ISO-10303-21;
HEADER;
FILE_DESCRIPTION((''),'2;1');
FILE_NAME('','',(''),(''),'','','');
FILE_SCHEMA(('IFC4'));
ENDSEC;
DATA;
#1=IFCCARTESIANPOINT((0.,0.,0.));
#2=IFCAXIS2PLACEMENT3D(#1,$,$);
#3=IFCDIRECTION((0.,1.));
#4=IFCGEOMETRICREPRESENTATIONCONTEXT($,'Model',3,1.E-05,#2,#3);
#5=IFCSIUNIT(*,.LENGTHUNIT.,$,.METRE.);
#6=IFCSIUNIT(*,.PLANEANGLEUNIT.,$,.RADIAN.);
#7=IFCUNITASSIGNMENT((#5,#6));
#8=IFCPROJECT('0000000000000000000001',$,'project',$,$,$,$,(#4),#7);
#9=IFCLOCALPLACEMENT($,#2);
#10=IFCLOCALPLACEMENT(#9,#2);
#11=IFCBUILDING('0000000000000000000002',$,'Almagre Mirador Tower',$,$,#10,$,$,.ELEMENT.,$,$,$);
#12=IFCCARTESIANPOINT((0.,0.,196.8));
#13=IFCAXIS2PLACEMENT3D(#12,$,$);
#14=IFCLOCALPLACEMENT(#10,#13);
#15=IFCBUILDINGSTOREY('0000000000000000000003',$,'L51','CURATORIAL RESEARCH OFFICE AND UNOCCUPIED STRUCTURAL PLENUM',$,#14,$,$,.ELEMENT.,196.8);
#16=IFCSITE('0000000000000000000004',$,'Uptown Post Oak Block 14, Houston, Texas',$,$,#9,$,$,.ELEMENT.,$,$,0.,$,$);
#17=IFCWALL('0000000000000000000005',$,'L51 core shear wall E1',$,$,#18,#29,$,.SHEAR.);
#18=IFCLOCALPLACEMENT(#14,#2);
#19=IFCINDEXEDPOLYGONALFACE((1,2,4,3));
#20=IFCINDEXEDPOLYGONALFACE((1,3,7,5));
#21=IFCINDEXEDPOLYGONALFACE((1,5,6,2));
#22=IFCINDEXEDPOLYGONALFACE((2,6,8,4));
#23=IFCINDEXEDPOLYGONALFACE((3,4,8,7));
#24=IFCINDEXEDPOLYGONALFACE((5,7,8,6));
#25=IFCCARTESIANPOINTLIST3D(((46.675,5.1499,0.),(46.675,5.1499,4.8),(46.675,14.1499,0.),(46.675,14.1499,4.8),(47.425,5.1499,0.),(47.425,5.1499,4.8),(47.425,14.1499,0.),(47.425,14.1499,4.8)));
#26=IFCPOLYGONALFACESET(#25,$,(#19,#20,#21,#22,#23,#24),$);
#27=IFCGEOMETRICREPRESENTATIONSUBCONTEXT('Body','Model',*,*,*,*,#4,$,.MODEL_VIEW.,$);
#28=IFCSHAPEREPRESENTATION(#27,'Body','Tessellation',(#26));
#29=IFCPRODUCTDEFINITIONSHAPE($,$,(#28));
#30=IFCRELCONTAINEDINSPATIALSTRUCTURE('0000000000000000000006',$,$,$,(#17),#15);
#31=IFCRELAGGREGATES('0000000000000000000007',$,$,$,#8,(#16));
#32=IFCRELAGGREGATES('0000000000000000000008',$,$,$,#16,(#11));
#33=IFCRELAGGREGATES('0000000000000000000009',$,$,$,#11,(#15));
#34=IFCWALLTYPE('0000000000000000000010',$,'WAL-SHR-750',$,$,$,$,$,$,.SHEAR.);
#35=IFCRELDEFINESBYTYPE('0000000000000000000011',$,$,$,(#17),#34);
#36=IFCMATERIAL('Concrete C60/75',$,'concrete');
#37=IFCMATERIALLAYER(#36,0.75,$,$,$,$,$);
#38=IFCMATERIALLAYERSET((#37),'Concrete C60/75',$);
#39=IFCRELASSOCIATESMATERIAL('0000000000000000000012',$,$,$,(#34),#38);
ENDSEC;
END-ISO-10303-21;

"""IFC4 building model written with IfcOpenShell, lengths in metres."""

from ifc_helpers import new_model, si_unit, direction, frame, frame_2d, origin, place, context, subcontext, project, spatial, rectangle, extrude, material, layer, layer_set, type_object, element, save


model = new_model("IFC4")

# Units and contexts
model_context = context("Model", 3, precision=1e-05, world=origin(), true_north=direction((0.0, 1.0)))
body_context = subcontext(model_context, "Body", "Model", "MODEL_VIEW")
ifc_project = project(units=[si_unit("LENGTHUNIT", "METRE"), si_unit("PLANEANGLEUNIT", "RADIAN")], contexts=[model_context])

# Site, building, storey
site_placement = place(None, origin())
site = spatial("IfcSite", under=ifc_project, at=site_placement, Name="Uptown Post Oak Block 14, Houston, Texas", CompositionType="ELEMENT", RefElevation=0.0)
building_placement = place(site_placement, origin())
building = spatial("IfcBuilding", under=site, at=building_placement, Name="Almagre Mirador Tower", CompositionType="ELEMENT")
storey_placement = place(building_placement, frame((0.0, 0.0, 196.8)))
storey = spatial("IfcBuildingStorey", under=building, at=storey_placement, Name="L51", Description="CURATORIAL RESEARCH OFFICE AND UNOCCUPIED STRUCTURAL PLENUM", CompositionType="ELEMENT", Elevation=196.8)

# Wall
ifc_material_1 = material(Name="Concrete C60/75", Category="concrete")
ifc_layer_1 = layer(ifc_material_1, 0.75)
ifc_layer_set_1 = layer_set([ifc_layer_1], Name="Concrete C60/75")
wall_type_1 = type_object("IfcWallType", Name="WAL-SHR-750", PredefinedType="SHEAR", material=ifc_layer_set_1)
wall_1_placement = place(storey_placement, frame((47.05, 5.1499, 0.0), z_axis=(0.0, 0.0, 1.0), x_axis=(0.0, 1.0, 0.0)))
element("IfcWall", 1, at=wall_1_placement, inside=storey, type_object=wall_type_1, Name="L51 core shear wall E1", PredefinedType="SHEAR", context=body_context, shape_type="SweptSolid", body=[
    extrude(rectangle(XDim=9.0, YDim=0.75, at=frame_2d((4.5, 0.0))), origin(), (0.0, 0.0, 1.0), 4.8),
])

save(model, "model.ifc")
